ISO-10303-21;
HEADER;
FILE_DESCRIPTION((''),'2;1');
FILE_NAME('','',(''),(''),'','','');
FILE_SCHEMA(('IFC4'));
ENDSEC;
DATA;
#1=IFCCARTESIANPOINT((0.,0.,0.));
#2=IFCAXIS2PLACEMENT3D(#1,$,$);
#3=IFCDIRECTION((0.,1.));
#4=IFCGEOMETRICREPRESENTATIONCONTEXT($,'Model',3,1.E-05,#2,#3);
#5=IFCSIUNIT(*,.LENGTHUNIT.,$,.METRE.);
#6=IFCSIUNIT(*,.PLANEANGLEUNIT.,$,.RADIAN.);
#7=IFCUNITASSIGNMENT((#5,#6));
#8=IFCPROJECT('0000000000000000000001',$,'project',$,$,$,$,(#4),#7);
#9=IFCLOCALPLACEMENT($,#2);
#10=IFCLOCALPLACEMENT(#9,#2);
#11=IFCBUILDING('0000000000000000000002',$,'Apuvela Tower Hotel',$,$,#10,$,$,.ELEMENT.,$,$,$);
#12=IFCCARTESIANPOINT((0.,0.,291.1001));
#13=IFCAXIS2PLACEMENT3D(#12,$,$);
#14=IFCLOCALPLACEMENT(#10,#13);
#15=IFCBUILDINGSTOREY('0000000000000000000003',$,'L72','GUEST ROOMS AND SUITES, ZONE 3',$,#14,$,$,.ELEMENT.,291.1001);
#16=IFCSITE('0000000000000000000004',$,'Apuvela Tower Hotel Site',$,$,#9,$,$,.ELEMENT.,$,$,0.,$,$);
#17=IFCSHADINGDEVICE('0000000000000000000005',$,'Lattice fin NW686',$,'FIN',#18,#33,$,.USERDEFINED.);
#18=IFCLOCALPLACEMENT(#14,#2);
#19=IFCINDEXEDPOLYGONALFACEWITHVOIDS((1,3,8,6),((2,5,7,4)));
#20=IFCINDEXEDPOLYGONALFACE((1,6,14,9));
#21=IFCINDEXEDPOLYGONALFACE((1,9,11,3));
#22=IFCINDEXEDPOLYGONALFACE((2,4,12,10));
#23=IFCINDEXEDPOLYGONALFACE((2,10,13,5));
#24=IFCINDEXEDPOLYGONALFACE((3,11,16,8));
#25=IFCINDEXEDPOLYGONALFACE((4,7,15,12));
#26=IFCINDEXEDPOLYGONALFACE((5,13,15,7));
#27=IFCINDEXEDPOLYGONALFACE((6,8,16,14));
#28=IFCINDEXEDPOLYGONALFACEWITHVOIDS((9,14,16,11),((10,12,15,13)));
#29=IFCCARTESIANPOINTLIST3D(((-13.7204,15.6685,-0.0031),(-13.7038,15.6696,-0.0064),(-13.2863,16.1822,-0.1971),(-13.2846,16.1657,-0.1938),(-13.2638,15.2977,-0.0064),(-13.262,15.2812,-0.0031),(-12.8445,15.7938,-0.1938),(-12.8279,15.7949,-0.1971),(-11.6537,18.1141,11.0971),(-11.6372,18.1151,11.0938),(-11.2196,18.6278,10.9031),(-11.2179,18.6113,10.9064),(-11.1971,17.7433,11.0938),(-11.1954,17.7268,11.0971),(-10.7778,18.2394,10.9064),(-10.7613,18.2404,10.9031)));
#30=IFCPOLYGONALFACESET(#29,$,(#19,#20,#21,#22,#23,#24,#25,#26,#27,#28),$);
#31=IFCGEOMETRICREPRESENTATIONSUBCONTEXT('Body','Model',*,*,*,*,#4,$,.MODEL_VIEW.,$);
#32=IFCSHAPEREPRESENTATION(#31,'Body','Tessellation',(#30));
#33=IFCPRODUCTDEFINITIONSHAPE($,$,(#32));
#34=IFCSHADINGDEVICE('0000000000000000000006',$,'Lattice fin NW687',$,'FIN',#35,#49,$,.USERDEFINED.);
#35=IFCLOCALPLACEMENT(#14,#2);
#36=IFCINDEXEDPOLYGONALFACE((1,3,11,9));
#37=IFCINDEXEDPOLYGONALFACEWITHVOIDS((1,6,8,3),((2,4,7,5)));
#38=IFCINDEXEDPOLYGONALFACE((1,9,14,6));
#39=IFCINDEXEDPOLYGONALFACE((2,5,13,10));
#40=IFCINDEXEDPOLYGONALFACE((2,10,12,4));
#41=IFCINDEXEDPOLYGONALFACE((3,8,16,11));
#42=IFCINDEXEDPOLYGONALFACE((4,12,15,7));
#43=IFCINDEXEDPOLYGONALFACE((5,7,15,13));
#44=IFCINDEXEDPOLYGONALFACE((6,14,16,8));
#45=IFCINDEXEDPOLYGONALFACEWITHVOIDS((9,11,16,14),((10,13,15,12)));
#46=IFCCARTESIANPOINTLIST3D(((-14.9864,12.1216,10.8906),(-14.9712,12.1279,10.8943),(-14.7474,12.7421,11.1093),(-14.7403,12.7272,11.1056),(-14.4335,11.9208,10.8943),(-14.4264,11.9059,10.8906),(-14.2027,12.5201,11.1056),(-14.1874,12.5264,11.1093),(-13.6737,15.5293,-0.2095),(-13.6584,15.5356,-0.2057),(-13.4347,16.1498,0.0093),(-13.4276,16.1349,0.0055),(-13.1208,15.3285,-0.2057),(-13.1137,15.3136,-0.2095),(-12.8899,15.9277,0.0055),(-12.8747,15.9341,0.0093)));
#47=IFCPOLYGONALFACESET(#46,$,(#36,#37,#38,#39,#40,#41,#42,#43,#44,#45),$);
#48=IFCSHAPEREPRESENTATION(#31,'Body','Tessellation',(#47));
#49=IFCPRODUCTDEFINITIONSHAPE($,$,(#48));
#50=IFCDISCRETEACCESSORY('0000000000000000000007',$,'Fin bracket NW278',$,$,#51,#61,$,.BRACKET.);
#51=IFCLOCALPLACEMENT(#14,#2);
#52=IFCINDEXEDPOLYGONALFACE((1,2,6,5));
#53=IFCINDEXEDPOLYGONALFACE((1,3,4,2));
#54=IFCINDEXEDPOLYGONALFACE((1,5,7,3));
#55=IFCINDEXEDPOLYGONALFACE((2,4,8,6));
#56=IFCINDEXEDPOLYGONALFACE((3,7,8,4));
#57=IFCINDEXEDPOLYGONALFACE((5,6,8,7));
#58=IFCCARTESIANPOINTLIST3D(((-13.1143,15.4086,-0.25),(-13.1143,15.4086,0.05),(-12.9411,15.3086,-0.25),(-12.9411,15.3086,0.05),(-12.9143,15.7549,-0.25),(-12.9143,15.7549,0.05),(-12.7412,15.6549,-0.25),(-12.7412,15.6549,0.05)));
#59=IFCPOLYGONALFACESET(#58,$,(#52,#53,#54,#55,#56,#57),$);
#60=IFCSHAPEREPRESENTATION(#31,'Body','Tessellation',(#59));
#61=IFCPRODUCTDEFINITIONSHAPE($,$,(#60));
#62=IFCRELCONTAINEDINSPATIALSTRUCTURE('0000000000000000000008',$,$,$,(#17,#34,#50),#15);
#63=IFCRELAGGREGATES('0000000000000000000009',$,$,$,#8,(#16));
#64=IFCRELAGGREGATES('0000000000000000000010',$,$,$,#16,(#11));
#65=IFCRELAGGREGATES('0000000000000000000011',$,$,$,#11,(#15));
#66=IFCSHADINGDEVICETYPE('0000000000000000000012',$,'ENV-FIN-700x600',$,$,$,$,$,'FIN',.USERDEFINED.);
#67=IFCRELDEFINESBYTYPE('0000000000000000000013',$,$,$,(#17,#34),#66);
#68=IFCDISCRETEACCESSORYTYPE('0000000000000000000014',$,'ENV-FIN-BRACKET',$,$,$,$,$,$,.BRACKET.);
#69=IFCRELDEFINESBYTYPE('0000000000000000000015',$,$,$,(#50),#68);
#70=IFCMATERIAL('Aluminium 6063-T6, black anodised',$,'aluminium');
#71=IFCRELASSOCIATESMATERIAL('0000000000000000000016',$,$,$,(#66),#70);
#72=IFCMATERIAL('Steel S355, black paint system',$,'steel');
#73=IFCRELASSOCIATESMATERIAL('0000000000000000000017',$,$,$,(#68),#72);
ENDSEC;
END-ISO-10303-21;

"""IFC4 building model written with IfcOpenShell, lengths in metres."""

from ifc_helpers import new_model, si_unit, direction, frame, origin, origin_2d, place, context, subcontext, project, spatial, rectangle, hollow_rectangle, extrude, material, material_profile, profile_set, type_object, element, save


model = new_model("IFC4")

# Units and contexts
model_context = context("Model", 3, precision=1e-05, world=origin(), true_north=direction((0.0, 1.0)))
body_context = subcontext(model_context, "Body", "Model", "MODEL_VIEW")
ifc_project = project(units=[si_unit("LENGTHUNIT", "METRE"), si_unit("PLANEANGLEUNIT", "RADIAN")], contexts=[model_context])

# Site, building, storey
site_placement = place(None, origin())
site = spatial("IfcSite", under=ifc_project, at=site_placement, Name="Apuvela Tower Hotel Site", CompositionType="ELEMENT", RefElevation=0.0)
building_placement = place(site_placement, origin())
building = spatial("IfcBuilding", under=site, at=building_placement, Name="Apuvela Tower Hotel", CompositionType="ELEMENT")
storey_placement = place(building_placement, frame((0.0, 0.0, 291.1001)))
storey = spatial("IfcBuildingStorey", under=building, at=storey_placement, Name="L72", Description="GUEST ROOMS AND SUITES, ZONE 3", CompositionType="ELEMENT", Elevation=291.1001)

# Shading devices
ifc_material_1 = material(Name="Aluminium 6063-T6, black anodised", Category="aluminium")
ifc_material_profile_1 = material_profile(ifc_material_1, hollow_rectangle(XDim=0.6001, YDim=0.7, WallThickness=0.012, at=origin_2d()), Name="AL BOX 700x600x12")
ifc_profile_set_1 = profile_set([ifc_material_profile_1], Name="Aluminium 6063-T6, black anodised")
shading_device_type = type_object("IfcShadingDeviceType", Name="ENV-FIN-700x600", ElementType="FIN", PredefinedType="USERDEFINED", material=ifc_profile_set_1)
shading_device_1_placement = place(storey_placement, frame((-13.2742, 15.7317, -0.1001), z_axis=(0.17889, 0.211688, 0.960826), x_axis=(-0.763797, 0.645457, 0.0)))
element("IfcShadingDevice", 1, at=shading_device_1_placement, inside=storey, type_object=shading_device_type, Name="Lattice fin NW686", ObjectType="FIN", PredefinedType="USERDEFINED", context=body_context, shape_type="SweptSolid", body=[
    extrude(hollow_rectangle(XDim=0.6001, YDim=0.7, WallThickness=0.012, at=origin_2d()), origin(), (0.0, 0.0, 1.0), 11.5527),
])
shading_device_2_placement = place(storey_placement, frame((-13.2742, 15.7317, -0.1001), z_axis=(-0.112341, -0.291622, 0.949914), x_axis=(0.933154, -0.359476, 0.0)))
element("IfcShadingDevice", 2, at=shading_device_2_placement, inside=storey, type_object=shading_device_type, Name="Lattice fin NW687", ObjectType="FIN", PredefinedType="USERDEFINED", context=body_context, shape_type="SweptSolid", body=[
    extrude(hollow_rectangle(XDim=0.6001, YDim=0.7, WallThickness=0.012, at=origin_2d()), origin(), (0.0, 0.0, 1.0), 11.6853),
])

# Discrete accessory
ifc_material_2 = material(Name="Steel S355, black paint system", Category="steel")
discrete_accessory_type = type_object("IfcDiscreteAccessoryType", Name="ENV-FIN-BRACKET", PredefinedType="BRACKET", material=ifc_material_2)
discrete_accessory_placement = place(storey_placement, frame((-12.9277, 15.5317, -0.25), z_axis=(0.0, 0.0, 1.0), x_axis=(-0.5, -0.866025, 0.0)))
element("IfcDiscreteAccessory", 3, at=discrete_accessory_placement, inside=storey, type_object=discrete_accessory_type, Name="Fin bracket NW278", PredefinedType="BRACKET", context=body_context, shape_type="SweptSolid", body=[
    extrude(rectangle(XDim=0.3999, YDim=0.2, at=origin_2d()), origin(), (0.0, 0.0, 1.0), 0.3),
])

save(model, "model.ifc")
